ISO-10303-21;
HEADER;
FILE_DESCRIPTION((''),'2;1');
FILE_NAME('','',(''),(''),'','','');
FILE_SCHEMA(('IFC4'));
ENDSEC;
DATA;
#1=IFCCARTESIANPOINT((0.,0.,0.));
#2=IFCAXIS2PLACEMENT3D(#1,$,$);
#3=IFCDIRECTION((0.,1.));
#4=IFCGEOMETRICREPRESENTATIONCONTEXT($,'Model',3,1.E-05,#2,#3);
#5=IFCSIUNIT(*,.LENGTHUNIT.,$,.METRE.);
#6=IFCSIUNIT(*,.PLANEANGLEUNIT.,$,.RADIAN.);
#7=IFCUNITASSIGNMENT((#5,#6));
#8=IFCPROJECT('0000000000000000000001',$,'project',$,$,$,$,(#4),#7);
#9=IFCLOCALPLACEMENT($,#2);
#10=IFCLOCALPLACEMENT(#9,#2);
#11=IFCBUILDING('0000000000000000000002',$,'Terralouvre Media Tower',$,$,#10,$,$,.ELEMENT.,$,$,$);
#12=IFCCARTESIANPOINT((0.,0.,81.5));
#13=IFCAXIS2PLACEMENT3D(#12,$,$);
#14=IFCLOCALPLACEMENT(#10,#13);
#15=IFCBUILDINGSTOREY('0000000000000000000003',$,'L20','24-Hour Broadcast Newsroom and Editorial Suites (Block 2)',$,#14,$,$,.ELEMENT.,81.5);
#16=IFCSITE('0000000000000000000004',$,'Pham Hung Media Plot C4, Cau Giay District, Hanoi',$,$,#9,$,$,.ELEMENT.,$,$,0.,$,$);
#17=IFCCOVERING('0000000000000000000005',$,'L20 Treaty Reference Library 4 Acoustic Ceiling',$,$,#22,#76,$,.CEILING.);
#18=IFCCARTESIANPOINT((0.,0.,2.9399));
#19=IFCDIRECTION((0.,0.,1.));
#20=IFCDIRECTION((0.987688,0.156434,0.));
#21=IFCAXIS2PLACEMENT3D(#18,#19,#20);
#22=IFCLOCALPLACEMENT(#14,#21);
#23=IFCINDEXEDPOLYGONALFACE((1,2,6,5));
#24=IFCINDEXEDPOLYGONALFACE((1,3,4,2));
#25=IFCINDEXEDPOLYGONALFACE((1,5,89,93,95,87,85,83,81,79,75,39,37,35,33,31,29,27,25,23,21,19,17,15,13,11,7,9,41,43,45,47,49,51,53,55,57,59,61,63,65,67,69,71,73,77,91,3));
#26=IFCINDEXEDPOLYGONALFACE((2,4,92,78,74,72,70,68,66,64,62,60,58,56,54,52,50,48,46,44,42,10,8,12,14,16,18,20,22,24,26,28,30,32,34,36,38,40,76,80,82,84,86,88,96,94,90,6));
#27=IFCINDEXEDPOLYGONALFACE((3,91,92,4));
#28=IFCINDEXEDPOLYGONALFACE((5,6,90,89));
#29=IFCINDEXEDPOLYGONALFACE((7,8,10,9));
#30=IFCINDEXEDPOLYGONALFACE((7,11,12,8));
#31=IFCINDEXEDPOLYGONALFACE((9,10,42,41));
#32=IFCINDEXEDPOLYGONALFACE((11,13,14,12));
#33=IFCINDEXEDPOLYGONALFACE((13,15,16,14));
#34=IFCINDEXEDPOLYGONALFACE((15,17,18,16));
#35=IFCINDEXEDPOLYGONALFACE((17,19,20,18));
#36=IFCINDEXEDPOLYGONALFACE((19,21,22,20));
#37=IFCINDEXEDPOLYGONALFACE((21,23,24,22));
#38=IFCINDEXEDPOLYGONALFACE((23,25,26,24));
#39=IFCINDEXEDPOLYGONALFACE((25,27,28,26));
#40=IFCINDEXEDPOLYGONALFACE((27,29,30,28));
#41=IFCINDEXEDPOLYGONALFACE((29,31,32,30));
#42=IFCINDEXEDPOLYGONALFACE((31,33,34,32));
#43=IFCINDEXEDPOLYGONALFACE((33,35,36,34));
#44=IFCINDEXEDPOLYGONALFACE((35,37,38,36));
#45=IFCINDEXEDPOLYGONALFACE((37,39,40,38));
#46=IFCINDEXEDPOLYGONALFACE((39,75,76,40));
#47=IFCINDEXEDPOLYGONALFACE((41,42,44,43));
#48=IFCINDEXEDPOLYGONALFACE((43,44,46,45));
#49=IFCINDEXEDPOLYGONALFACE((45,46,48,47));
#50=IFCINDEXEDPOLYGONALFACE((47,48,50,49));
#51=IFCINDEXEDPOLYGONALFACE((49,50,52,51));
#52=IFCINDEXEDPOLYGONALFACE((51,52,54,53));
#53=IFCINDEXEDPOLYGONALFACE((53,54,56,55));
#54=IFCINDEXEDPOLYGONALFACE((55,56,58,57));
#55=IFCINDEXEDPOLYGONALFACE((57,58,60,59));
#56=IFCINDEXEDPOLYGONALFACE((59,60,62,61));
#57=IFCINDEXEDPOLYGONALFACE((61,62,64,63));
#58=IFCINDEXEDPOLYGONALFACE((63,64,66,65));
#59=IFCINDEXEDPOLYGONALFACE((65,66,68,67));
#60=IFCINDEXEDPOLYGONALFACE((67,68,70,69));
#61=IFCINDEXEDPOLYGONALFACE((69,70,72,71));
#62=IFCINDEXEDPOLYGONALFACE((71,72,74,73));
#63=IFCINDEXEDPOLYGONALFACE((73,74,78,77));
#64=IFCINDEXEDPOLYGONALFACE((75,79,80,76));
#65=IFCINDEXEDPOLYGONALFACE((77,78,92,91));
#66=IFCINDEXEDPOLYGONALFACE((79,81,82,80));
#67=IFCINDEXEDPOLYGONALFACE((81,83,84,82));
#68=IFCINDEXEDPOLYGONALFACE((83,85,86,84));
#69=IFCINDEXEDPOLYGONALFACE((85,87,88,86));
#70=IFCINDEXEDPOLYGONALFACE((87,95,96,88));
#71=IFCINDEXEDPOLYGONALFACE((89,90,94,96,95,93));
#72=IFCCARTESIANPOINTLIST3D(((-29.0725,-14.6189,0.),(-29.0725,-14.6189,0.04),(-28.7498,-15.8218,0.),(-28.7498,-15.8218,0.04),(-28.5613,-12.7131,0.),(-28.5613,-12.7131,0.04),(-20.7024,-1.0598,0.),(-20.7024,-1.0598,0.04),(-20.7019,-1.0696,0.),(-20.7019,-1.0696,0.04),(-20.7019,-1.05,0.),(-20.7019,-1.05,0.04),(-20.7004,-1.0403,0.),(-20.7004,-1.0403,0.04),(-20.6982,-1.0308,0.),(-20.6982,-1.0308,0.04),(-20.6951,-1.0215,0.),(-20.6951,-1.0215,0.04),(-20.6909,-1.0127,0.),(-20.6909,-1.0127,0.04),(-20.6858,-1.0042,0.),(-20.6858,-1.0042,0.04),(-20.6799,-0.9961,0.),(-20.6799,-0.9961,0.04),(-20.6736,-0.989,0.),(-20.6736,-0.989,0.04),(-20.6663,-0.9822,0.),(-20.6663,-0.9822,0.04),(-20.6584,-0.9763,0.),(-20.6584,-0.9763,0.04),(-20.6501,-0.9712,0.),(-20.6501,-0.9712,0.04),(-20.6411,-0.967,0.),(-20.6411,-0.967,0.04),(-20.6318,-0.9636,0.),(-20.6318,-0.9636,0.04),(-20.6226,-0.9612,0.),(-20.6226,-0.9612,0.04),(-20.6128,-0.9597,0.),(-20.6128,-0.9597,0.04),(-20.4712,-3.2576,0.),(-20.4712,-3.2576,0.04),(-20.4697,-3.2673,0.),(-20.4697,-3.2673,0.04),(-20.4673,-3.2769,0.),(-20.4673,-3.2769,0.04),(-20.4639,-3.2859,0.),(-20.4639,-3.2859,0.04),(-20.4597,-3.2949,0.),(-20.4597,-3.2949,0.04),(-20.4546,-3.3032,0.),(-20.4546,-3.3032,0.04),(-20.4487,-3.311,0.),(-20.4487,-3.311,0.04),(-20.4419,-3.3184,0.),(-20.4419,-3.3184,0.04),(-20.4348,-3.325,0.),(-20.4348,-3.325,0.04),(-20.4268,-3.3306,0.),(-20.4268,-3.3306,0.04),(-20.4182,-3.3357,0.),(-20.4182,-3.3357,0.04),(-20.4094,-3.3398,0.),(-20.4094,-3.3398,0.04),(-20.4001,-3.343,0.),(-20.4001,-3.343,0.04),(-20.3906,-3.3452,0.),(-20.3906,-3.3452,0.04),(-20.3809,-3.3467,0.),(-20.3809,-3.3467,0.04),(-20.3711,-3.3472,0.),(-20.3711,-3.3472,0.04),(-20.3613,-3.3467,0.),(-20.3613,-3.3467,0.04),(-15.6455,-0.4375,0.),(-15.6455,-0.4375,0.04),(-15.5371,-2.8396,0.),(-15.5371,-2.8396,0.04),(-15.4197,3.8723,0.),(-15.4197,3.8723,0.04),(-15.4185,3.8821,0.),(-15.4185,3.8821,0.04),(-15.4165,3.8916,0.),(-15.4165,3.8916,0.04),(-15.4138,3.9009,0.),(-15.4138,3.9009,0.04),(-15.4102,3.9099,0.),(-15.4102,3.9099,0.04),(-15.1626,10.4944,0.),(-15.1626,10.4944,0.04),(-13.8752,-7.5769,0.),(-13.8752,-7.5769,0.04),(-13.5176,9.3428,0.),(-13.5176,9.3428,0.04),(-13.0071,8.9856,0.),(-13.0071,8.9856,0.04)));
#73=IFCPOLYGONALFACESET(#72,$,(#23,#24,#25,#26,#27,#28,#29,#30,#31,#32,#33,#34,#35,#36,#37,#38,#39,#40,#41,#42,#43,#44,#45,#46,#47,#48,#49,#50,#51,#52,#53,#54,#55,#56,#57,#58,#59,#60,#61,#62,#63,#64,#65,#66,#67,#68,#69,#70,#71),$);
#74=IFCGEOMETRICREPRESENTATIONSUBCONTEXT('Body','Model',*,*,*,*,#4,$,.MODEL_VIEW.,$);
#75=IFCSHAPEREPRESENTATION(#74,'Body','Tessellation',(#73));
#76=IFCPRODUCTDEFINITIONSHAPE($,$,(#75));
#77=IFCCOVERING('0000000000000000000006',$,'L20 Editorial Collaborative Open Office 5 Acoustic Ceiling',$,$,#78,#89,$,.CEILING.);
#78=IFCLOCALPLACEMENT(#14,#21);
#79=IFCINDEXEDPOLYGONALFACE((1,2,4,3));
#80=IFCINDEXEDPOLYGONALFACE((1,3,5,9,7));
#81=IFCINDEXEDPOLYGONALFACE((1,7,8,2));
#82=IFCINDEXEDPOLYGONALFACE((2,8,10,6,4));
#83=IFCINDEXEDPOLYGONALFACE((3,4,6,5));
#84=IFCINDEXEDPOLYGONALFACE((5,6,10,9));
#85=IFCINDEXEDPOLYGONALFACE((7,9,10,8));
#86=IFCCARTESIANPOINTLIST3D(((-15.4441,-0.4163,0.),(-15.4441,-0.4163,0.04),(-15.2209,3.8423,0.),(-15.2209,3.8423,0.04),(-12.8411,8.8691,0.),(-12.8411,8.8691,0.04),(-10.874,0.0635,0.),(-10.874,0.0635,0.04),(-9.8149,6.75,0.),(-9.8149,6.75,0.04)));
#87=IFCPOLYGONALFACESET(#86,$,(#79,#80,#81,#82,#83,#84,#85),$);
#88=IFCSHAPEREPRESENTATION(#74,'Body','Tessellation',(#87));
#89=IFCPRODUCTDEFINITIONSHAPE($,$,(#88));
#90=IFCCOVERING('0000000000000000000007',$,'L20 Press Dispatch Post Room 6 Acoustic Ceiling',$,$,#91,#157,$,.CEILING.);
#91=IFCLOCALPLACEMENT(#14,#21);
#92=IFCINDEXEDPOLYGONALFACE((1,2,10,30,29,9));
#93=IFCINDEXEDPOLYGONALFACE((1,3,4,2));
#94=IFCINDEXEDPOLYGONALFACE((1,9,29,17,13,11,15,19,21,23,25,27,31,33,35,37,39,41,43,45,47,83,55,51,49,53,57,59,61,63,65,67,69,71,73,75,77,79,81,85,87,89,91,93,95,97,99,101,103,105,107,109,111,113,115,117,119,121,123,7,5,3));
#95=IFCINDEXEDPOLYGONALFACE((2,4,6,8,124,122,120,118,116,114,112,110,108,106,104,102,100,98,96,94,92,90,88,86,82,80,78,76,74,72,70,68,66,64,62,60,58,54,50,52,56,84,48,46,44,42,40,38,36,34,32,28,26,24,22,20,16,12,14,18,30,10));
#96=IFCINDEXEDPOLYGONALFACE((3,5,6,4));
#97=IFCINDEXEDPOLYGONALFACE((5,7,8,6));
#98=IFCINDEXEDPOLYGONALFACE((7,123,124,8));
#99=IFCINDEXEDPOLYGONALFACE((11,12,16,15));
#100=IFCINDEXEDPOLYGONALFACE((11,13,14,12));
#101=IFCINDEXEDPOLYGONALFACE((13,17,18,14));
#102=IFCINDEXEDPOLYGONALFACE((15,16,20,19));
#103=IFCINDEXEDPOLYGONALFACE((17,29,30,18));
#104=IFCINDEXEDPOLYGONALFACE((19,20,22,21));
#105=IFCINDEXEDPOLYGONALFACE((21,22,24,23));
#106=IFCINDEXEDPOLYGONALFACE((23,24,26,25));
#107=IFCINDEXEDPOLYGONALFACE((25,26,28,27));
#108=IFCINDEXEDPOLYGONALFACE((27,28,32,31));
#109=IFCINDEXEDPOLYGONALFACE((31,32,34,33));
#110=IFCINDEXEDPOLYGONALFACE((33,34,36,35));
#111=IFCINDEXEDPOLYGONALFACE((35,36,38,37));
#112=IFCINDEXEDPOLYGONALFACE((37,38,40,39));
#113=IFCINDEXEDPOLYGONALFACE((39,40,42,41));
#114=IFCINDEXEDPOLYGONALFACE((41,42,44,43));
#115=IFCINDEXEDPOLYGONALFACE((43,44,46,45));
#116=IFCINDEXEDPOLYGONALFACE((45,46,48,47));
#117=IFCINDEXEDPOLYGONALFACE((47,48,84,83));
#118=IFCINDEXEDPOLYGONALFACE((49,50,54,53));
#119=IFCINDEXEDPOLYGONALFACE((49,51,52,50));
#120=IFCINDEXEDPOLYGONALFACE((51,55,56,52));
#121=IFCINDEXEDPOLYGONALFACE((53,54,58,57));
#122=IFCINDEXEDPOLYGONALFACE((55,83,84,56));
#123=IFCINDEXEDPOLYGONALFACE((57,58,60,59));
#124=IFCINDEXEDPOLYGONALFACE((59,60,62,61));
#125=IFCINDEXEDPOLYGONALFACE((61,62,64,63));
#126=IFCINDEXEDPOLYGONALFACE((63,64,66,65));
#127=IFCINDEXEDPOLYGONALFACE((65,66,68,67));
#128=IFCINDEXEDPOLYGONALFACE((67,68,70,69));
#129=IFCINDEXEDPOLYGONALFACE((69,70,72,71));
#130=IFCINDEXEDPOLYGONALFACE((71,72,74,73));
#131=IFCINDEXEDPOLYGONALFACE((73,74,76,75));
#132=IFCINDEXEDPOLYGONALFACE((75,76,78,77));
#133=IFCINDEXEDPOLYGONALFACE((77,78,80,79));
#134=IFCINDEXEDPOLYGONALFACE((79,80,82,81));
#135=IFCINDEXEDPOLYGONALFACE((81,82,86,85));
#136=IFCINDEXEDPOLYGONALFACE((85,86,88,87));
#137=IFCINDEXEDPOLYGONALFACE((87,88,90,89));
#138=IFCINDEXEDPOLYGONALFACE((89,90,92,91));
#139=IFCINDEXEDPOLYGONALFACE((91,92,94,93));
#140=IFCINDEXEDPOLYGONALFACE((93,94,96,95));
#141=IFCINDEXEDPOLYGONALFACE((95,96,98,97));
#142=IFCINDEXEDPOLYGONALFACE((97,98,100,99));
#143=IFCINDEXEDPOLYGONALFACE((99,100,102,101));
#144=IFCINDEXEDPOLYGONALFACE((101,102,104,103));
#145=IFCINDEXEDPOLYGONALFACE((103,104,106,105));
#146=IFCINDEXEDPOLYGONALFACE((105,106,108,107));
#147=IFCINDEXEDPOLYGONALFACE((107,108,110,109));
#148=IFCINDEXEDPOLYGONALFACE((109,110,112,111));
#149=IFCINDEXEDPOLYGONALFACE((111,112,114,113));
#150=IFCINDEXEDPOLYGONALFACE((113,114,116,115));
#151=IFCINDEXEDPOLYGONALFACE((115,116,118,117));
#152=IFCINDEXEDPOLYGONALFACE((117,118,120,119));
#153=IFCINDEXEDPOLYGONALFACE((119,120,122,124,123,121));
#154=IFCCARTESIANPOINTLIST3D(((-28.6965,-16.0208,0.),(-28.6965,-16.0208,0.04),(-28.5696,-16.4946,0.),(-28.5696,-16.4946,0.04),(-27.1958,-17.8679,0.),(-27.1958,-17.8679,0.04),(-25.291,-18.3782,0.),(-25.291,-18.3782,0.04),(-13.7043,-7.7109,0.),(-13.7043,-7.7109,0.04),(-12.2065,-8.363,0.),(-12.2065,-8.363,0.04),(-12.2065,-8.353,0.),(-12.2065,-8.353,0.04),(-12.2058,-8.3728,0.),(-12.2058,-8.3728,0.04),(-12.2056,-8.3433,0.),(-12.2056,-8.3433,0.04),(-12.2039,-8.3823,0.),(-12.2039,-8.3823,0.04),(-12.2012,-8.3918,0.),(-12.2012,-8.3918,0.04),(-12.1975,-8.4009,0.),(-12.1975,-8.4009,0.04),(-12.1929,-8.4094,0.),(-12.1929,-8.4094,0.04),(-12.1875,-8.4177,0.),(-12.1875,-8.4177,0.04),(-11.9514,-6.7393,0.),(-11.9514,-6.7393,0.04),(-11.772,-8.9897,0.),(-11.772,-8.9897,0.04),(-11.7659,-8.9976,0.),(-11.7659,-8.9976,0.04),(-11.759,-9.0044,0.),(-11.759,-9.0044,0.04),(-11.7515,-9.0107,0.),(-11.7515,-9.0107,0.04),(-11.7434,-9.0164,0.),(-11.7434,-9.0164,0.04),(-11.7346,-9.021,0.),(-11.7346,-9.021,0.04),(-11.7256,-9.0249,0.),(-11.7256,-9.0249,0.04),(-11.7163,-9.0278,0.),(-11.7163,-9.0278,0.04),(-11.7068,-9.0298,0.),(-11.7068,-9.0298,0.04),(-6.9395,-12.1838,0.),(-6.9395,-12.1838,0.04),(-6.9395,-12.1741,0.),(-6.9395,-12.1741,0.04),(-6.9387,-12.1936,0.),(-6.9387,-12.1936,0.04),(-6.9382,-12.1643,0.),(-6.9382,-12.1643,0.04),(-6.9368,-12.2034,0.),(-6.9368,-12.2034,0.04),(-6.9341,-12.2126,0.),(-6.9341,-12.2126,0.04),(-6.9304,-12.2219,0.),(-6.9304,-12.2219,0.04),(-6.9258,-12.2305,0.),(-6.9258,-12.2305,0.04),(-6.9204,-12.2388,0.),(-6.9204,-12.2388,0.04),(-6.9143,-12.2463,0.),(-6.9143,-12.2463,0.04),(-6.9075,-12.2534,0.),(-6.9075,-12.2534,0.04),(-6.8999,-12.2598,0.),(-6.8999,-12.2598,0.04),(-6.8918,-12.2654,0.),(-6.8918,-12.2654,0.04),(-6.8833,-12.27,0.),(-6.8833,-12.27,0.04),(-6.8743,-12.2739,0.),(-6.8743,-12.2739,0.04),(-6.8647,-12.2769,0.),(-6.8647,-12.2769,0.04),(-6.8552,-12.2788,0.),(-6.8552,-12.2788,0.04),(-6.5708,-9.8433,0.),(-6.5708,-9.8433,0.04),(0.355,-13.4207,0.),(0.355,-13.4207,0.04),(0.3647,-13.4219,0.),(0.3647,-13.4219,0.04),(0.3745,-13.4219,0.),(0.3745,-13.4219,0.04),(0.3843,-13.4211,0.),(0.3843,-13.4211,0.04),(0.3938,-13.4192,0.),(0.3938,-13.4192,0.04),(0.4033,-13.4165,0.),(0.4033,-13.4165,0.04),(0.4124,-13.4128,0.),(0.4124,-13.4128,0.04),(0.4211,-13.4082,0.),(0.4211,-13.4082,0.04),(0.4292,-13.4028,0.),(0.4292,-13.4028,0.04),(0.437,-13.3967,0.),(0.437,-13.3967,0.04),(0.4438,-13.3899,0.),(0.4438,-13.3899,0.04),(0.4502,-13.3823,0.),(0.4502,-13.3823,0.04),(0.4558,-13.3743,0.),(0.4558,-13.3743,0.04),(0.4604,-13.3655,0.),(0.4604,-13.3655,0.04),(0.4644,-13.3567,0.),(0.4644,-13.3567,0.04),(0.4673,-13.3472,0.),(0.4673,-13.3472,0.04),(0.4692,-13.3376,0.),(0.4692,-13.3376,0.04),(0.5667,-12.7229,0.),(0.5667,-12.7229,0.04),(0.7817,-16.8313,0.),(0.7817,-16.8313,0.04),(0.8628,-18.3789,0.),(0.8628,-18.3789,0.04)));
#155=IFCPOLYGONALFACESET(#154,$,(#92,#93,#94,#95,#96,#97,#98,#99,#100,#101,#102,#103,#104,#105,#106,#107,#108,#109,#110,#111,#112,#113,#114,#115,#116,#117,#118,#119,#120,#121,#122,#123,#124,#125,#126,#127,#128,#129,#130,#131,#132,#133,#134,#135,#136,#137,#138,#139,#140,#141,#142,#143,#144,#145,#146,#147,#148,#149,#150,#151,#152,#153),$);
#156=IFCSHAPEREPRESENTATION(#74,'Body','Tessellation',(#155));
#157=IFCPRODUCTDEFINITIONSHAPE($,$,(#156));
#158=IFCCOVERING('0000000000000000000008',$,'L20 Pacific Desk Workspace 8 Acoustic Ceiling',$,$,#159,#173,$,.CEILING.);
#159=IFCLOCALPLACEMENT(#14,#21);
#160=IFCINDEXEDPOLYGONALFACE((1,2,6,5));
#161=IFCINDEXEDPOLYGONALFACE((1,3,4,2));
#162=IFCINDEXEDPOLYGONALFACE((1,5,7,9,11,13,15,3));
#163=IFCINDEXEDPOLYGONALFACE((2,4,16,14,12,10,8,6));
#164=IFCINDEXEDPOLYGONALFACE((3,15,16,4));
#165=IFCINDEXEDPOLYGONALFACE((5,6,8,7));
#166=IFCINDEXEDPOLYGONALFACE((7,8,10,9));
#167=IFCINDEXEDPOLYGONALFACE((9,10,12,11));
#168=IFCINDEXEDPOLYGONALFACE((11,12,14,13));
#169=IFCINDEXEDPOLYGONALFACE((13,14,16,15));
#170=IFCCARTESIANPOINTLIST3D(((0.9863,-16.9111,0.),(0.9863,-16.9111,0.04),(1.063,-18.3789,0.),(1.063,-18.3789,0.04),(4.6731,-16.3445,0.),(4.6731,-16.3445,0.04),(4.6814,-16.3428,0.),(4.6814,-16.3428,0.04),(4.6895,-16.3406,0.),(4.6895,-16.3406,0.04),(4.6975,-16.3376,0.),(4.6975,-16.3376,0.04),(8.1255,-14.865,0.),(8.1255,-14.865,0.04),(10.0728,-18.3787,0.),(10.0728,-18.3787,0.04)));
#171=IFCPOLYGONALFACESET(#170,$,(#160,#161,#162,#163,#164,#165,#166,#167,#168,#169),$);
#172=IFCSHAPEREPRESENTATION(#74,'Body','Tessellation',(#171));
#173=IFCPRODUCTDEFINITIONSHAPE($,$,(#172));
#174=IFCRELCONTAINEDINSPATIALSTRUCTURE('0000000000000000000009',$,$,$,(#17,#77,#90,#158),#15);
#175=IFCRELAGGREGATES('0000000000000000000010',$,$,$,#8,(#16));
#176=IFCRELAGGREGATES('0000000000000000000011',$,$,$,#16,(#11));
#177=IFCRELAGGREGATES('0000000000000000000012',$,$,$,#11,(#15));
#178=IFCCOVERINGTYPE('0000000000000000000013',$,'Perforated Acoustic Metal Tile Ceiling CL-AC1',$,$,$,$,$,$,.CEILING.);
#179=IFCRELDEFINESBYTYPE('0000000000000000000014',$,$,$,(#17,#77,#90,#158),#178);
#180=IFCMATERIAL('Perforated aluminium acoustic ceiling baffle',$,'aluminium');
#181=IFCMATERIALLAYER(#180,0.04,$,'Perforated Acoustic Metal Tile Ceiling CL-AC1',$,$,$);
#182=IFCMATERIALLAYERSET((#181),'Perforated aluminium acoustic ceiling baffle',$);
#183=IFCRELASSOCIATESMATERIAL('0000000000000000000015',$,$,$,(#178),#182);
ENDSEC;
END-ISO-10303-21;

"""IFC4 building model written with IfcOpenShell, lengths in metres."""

from ifc_helpers import new_model, si_unit, direction, frame, origin, place, context, subcontext, project, spatial, polyline, outline, extrude, material, layer, layer_set, type_object, element, save


model = new_model("IFC4")

# Units and contexts
model_context = context("Model", 3, precision=1e-05, world=origin(), true_north=direction((0.0, 1.0)))
body_context = subcontext(model_context, "Body", "Model", "MODEL_VIEW")
ifc_project = project(units=[si_unit("LENGTHUNIT", "METRE"), si_unit("PLANEANGLEUNIT", "RADIAN")], contexts=[model_context])

# Site, building, storey
site_placement = place(None, origin())
site = spatial("IfcSite", under=ifc_project, at=site_placement, Name="Pham Hung Media Plot C4, Cau Giay District, Hanoi", CompositionType="ELEMENT", RefElevation=0.0)
building_placement = place(site_placement, origin())
building = spatial("IfcBuilding", under=site, at=building_placement, Name="Terralouvre Media Tower", CompositionType="ELEMENT")
storey_placement = place(building_placement, frame((0.0, 0.0, 81.5)))
storey = spatial("IfcBuildingStorey", under=building, at=storey_placement, Name="L20", Description="24-Hour Broadcast Newsroom and Editorial Suites (Block 2)", CompositionType="ELEMENT", Elevation=81.5)

# Coverings
ifc_material_1 = material(Name="Perforated aluminium acoustic ceiling baffle", Category="aluminium")
ifc_layer_1 = layer(ifc_material_1, 0.04, Name="Perforated Acoustic Metal Tile Ceiling CL-AC1")
ifc_layer_set_1 = layer_set([ifc_layer_1], Name="Perforated aluminium acoustic ceiling baffle")
covering_type_1 = type_object("IfcCoveringType", Name="Perforated Acoustic Metal Tile Ceiling CL-AC1", PredefinedType="CEILING", material=ifc_layer_set_1)
covering_1_placement = place(storey_placement, frame((0.0, 0.0, 2.9399), z_axis=(0.0, 0.0, 1.0), x_axis=(0.987688, 0.156434, 0.0)))
element("IfcCovering", 1, at=covering_1_placement, inside=storey, type_object=covering_type_1, Name="L20 Treaty Reference Library 4 Acoustic Ceiling", PredefinedType="CEILING", context=body_context, shape_type="SweptSolid", body=[
    extrude(outline(polyline([(-15.5371, -2.8396), (-20.3613, -3.3467), (-20.3711, -3.3472), (-20.3809, -3.3467), (-20.3906, -3.3452), (-20.4001, -3.343), (-20.4094, -3.3398), (-20.4182, -3.3357), (-20.4268, -3.3306), (-20.4348, -3.325), (-20.4419, -3.3184), (-20.4487, -3.311), (-20.4546, -3.3032), (-20.4597, -3.2949), (-20.4639, -3.2859), (-20.4673, -3.2769), (-20.4697, -3.2673), (-20.4712, -3.2576), (-20.7019, -1.0696), (-20.7024, -1.0598), (-20.7019, -1.05), (-20.7004, -1.0403), (-20.6982, -1.0308), (-20.6951, -1.0215), (-20.6909, -1.0127), (-20.6858, -1.0042), (-20.6799, -0.9961), (-20.6736, -0.989), (-20.6663, -0.9822), (-20.6584, -0.9763), (-20.6501, -0.9712), (-20.6411, -0.967), (-20.6318, -0.9636), (-20.6226, -0.9612), (-20.6128, -0.9597), (-15.6455, -0.4375), (-15.4197, 3.8723), (-15.4185, 3.8821), (-15.4165, 3.8916), (-15.4138, 3.9009), (-15.4102, 3.9099), (-13.0071, 8.9856), (-13.5176, 9.3428), (-15.1626, 10.4944), (-28.5613, -12.7131), (-29.0725, -14.6189), (-28.7498, -15.8218), (-13.8752, -7.5769), (-15.5371, -2.8396)])), origin(), (0.0, 0.0, 1.0), 0.04),
])
covering_2_placement = place(storey_placement, frame((0.0, 0.0, 2.9399), z_axis=(0.0, 0.0, 1.0), x_axis=(0.987688, 0.156434, 0.0)))
element("IfcCovering", 2, at=covering_2_placement, inside=storey, type_object=covering_type_1, Name="L20 Editorial Collaborative Open Office 5 Acoustic Ceiling", PredefinedType="CEILING", context=body_context, shape_type="SweptSolid", body=[
    extrude(outline(polyline([(-15.2209, 3.8423), (-15.4441, -0.4163), (-10.874, 0.0635), (-9.8149, 6.75), (-12.8411, 8.8691), (-15.2209, 3.8423)])), origin(), (0.0, 0.0, 1.0), 0.04),
])
covering_3_placement = place(storey_placement, frame((0.0, 0.0, 2.9399), z_axis=(0.0, 0.0, 1.0), x_axis=(0.987688, 0.156434, 0.0)))
element("IfcCovering", 3, at=covering_3_placement, inside=storey, type_object=covering_type_1, Name="L20 Press Dispatch Post Room 6 Acoustic Ceiling", PredefinedType="CEILING", context=body_context, shape_type="SweptSolid", body=[
    extrude(outline(polyline([(0.5667, -12.7229), (0.4692, -13.3376), (0.4673, -13.3472), (0.4644, -13.3567), (0.4604, -13.3655), (0.4558, -13.3743), (0.4502, -13.3823), (0.4438, -13.3899), (0.437, -13.3967), (0.4292, -13.4028), (0.4211, -13.4082), (0.4124, -13.4128), (0.4033, -13.4165), (0.3938, -13.4192), (0.3843, -13.4211), (0.3745, -13.4219), (0.3647, -13.4219), (0.355, -13.4207), (-6.8552, -12.2788), (-6.8647, -12.2769), (-6.8743, -12.2739), (-6.8833, -12.27), (-6.8918, -12.2654), (-6.8999, -12.2598), (-6.9075, -12.2534), (-6.9143, -12.2463), (-6.9204, -12.2388), (-6.9258, -12.2305), (-6.9304, -12.2219), (-6.9341, -12.2126), (-6.9368, -12.2034), (-6.9387, -12.1936), (-6.9395, -12.1838), (-6.9395, -12.1741), (-6.9382, -12.1643), (-6.5708, -9.8433), (-11.7068, -9.0298), (-11.7163, -9.0278), (-11.7256, -9.0249), (-11.7346, -9.021), (-11.7434, -9.0164), (-11.7515, -9.0107), (-11.759, -9.0044), (-11.7659, -8.9976), (-11.772, -8.9897), (-12.1875, -8.4177), (-12.1929, -8.4094), (-12.1975, -8.4009), (-12.2012, -8.3918), (-12.2039, -8.3823), (-12.2058, -8.3728), (-12.2065, -8.363), (-12.2065, -8.353), (-12.2056, -8.3433), (-11.9514, -6.7393), (-13.7043, -7.7109), (-28.6965, -16.0208), (-28.5696, -16.4946), (-27.1958, -17.8679), (-25.291, -18.3782), (0.8628, -18.3789), (0.7817, -16.8313), (0.5667, -12.7229)])), origin(), (0.0, 0.0, 1.0), 0.04),
])
covering_4_placement = place(storey_placement, frame((0.0, 0.0, 2.9399), z_axis=(0.0, 0.0, 1.0), x_axis=(0.987688, 0.156434, 0.0)))
element("IfcCovering", 4, at=covering_4_placement, inside=storey, type_object=covering_type_1, Name="L20 Pacific Desk Workspace 8 Acoustic Ceiling", PredefinedType="CEILING", context=body_context, shape_type="SweptSolid", body=[
    extrude(outline(polyline([(4.6975, -16.3376), (4.6895, -16.3406), (4.6814, -16.3428), (4.6731, -16.3445), (0.9863, -16.9111), (1.063, -18.3789), (10.0728, -18.3787), (8.1255, -14.865), (4.6975, -16.3376)])), origin(), (0.0, 0.0, 1.0), 0.04),
])

save(model, "model.ifc")
